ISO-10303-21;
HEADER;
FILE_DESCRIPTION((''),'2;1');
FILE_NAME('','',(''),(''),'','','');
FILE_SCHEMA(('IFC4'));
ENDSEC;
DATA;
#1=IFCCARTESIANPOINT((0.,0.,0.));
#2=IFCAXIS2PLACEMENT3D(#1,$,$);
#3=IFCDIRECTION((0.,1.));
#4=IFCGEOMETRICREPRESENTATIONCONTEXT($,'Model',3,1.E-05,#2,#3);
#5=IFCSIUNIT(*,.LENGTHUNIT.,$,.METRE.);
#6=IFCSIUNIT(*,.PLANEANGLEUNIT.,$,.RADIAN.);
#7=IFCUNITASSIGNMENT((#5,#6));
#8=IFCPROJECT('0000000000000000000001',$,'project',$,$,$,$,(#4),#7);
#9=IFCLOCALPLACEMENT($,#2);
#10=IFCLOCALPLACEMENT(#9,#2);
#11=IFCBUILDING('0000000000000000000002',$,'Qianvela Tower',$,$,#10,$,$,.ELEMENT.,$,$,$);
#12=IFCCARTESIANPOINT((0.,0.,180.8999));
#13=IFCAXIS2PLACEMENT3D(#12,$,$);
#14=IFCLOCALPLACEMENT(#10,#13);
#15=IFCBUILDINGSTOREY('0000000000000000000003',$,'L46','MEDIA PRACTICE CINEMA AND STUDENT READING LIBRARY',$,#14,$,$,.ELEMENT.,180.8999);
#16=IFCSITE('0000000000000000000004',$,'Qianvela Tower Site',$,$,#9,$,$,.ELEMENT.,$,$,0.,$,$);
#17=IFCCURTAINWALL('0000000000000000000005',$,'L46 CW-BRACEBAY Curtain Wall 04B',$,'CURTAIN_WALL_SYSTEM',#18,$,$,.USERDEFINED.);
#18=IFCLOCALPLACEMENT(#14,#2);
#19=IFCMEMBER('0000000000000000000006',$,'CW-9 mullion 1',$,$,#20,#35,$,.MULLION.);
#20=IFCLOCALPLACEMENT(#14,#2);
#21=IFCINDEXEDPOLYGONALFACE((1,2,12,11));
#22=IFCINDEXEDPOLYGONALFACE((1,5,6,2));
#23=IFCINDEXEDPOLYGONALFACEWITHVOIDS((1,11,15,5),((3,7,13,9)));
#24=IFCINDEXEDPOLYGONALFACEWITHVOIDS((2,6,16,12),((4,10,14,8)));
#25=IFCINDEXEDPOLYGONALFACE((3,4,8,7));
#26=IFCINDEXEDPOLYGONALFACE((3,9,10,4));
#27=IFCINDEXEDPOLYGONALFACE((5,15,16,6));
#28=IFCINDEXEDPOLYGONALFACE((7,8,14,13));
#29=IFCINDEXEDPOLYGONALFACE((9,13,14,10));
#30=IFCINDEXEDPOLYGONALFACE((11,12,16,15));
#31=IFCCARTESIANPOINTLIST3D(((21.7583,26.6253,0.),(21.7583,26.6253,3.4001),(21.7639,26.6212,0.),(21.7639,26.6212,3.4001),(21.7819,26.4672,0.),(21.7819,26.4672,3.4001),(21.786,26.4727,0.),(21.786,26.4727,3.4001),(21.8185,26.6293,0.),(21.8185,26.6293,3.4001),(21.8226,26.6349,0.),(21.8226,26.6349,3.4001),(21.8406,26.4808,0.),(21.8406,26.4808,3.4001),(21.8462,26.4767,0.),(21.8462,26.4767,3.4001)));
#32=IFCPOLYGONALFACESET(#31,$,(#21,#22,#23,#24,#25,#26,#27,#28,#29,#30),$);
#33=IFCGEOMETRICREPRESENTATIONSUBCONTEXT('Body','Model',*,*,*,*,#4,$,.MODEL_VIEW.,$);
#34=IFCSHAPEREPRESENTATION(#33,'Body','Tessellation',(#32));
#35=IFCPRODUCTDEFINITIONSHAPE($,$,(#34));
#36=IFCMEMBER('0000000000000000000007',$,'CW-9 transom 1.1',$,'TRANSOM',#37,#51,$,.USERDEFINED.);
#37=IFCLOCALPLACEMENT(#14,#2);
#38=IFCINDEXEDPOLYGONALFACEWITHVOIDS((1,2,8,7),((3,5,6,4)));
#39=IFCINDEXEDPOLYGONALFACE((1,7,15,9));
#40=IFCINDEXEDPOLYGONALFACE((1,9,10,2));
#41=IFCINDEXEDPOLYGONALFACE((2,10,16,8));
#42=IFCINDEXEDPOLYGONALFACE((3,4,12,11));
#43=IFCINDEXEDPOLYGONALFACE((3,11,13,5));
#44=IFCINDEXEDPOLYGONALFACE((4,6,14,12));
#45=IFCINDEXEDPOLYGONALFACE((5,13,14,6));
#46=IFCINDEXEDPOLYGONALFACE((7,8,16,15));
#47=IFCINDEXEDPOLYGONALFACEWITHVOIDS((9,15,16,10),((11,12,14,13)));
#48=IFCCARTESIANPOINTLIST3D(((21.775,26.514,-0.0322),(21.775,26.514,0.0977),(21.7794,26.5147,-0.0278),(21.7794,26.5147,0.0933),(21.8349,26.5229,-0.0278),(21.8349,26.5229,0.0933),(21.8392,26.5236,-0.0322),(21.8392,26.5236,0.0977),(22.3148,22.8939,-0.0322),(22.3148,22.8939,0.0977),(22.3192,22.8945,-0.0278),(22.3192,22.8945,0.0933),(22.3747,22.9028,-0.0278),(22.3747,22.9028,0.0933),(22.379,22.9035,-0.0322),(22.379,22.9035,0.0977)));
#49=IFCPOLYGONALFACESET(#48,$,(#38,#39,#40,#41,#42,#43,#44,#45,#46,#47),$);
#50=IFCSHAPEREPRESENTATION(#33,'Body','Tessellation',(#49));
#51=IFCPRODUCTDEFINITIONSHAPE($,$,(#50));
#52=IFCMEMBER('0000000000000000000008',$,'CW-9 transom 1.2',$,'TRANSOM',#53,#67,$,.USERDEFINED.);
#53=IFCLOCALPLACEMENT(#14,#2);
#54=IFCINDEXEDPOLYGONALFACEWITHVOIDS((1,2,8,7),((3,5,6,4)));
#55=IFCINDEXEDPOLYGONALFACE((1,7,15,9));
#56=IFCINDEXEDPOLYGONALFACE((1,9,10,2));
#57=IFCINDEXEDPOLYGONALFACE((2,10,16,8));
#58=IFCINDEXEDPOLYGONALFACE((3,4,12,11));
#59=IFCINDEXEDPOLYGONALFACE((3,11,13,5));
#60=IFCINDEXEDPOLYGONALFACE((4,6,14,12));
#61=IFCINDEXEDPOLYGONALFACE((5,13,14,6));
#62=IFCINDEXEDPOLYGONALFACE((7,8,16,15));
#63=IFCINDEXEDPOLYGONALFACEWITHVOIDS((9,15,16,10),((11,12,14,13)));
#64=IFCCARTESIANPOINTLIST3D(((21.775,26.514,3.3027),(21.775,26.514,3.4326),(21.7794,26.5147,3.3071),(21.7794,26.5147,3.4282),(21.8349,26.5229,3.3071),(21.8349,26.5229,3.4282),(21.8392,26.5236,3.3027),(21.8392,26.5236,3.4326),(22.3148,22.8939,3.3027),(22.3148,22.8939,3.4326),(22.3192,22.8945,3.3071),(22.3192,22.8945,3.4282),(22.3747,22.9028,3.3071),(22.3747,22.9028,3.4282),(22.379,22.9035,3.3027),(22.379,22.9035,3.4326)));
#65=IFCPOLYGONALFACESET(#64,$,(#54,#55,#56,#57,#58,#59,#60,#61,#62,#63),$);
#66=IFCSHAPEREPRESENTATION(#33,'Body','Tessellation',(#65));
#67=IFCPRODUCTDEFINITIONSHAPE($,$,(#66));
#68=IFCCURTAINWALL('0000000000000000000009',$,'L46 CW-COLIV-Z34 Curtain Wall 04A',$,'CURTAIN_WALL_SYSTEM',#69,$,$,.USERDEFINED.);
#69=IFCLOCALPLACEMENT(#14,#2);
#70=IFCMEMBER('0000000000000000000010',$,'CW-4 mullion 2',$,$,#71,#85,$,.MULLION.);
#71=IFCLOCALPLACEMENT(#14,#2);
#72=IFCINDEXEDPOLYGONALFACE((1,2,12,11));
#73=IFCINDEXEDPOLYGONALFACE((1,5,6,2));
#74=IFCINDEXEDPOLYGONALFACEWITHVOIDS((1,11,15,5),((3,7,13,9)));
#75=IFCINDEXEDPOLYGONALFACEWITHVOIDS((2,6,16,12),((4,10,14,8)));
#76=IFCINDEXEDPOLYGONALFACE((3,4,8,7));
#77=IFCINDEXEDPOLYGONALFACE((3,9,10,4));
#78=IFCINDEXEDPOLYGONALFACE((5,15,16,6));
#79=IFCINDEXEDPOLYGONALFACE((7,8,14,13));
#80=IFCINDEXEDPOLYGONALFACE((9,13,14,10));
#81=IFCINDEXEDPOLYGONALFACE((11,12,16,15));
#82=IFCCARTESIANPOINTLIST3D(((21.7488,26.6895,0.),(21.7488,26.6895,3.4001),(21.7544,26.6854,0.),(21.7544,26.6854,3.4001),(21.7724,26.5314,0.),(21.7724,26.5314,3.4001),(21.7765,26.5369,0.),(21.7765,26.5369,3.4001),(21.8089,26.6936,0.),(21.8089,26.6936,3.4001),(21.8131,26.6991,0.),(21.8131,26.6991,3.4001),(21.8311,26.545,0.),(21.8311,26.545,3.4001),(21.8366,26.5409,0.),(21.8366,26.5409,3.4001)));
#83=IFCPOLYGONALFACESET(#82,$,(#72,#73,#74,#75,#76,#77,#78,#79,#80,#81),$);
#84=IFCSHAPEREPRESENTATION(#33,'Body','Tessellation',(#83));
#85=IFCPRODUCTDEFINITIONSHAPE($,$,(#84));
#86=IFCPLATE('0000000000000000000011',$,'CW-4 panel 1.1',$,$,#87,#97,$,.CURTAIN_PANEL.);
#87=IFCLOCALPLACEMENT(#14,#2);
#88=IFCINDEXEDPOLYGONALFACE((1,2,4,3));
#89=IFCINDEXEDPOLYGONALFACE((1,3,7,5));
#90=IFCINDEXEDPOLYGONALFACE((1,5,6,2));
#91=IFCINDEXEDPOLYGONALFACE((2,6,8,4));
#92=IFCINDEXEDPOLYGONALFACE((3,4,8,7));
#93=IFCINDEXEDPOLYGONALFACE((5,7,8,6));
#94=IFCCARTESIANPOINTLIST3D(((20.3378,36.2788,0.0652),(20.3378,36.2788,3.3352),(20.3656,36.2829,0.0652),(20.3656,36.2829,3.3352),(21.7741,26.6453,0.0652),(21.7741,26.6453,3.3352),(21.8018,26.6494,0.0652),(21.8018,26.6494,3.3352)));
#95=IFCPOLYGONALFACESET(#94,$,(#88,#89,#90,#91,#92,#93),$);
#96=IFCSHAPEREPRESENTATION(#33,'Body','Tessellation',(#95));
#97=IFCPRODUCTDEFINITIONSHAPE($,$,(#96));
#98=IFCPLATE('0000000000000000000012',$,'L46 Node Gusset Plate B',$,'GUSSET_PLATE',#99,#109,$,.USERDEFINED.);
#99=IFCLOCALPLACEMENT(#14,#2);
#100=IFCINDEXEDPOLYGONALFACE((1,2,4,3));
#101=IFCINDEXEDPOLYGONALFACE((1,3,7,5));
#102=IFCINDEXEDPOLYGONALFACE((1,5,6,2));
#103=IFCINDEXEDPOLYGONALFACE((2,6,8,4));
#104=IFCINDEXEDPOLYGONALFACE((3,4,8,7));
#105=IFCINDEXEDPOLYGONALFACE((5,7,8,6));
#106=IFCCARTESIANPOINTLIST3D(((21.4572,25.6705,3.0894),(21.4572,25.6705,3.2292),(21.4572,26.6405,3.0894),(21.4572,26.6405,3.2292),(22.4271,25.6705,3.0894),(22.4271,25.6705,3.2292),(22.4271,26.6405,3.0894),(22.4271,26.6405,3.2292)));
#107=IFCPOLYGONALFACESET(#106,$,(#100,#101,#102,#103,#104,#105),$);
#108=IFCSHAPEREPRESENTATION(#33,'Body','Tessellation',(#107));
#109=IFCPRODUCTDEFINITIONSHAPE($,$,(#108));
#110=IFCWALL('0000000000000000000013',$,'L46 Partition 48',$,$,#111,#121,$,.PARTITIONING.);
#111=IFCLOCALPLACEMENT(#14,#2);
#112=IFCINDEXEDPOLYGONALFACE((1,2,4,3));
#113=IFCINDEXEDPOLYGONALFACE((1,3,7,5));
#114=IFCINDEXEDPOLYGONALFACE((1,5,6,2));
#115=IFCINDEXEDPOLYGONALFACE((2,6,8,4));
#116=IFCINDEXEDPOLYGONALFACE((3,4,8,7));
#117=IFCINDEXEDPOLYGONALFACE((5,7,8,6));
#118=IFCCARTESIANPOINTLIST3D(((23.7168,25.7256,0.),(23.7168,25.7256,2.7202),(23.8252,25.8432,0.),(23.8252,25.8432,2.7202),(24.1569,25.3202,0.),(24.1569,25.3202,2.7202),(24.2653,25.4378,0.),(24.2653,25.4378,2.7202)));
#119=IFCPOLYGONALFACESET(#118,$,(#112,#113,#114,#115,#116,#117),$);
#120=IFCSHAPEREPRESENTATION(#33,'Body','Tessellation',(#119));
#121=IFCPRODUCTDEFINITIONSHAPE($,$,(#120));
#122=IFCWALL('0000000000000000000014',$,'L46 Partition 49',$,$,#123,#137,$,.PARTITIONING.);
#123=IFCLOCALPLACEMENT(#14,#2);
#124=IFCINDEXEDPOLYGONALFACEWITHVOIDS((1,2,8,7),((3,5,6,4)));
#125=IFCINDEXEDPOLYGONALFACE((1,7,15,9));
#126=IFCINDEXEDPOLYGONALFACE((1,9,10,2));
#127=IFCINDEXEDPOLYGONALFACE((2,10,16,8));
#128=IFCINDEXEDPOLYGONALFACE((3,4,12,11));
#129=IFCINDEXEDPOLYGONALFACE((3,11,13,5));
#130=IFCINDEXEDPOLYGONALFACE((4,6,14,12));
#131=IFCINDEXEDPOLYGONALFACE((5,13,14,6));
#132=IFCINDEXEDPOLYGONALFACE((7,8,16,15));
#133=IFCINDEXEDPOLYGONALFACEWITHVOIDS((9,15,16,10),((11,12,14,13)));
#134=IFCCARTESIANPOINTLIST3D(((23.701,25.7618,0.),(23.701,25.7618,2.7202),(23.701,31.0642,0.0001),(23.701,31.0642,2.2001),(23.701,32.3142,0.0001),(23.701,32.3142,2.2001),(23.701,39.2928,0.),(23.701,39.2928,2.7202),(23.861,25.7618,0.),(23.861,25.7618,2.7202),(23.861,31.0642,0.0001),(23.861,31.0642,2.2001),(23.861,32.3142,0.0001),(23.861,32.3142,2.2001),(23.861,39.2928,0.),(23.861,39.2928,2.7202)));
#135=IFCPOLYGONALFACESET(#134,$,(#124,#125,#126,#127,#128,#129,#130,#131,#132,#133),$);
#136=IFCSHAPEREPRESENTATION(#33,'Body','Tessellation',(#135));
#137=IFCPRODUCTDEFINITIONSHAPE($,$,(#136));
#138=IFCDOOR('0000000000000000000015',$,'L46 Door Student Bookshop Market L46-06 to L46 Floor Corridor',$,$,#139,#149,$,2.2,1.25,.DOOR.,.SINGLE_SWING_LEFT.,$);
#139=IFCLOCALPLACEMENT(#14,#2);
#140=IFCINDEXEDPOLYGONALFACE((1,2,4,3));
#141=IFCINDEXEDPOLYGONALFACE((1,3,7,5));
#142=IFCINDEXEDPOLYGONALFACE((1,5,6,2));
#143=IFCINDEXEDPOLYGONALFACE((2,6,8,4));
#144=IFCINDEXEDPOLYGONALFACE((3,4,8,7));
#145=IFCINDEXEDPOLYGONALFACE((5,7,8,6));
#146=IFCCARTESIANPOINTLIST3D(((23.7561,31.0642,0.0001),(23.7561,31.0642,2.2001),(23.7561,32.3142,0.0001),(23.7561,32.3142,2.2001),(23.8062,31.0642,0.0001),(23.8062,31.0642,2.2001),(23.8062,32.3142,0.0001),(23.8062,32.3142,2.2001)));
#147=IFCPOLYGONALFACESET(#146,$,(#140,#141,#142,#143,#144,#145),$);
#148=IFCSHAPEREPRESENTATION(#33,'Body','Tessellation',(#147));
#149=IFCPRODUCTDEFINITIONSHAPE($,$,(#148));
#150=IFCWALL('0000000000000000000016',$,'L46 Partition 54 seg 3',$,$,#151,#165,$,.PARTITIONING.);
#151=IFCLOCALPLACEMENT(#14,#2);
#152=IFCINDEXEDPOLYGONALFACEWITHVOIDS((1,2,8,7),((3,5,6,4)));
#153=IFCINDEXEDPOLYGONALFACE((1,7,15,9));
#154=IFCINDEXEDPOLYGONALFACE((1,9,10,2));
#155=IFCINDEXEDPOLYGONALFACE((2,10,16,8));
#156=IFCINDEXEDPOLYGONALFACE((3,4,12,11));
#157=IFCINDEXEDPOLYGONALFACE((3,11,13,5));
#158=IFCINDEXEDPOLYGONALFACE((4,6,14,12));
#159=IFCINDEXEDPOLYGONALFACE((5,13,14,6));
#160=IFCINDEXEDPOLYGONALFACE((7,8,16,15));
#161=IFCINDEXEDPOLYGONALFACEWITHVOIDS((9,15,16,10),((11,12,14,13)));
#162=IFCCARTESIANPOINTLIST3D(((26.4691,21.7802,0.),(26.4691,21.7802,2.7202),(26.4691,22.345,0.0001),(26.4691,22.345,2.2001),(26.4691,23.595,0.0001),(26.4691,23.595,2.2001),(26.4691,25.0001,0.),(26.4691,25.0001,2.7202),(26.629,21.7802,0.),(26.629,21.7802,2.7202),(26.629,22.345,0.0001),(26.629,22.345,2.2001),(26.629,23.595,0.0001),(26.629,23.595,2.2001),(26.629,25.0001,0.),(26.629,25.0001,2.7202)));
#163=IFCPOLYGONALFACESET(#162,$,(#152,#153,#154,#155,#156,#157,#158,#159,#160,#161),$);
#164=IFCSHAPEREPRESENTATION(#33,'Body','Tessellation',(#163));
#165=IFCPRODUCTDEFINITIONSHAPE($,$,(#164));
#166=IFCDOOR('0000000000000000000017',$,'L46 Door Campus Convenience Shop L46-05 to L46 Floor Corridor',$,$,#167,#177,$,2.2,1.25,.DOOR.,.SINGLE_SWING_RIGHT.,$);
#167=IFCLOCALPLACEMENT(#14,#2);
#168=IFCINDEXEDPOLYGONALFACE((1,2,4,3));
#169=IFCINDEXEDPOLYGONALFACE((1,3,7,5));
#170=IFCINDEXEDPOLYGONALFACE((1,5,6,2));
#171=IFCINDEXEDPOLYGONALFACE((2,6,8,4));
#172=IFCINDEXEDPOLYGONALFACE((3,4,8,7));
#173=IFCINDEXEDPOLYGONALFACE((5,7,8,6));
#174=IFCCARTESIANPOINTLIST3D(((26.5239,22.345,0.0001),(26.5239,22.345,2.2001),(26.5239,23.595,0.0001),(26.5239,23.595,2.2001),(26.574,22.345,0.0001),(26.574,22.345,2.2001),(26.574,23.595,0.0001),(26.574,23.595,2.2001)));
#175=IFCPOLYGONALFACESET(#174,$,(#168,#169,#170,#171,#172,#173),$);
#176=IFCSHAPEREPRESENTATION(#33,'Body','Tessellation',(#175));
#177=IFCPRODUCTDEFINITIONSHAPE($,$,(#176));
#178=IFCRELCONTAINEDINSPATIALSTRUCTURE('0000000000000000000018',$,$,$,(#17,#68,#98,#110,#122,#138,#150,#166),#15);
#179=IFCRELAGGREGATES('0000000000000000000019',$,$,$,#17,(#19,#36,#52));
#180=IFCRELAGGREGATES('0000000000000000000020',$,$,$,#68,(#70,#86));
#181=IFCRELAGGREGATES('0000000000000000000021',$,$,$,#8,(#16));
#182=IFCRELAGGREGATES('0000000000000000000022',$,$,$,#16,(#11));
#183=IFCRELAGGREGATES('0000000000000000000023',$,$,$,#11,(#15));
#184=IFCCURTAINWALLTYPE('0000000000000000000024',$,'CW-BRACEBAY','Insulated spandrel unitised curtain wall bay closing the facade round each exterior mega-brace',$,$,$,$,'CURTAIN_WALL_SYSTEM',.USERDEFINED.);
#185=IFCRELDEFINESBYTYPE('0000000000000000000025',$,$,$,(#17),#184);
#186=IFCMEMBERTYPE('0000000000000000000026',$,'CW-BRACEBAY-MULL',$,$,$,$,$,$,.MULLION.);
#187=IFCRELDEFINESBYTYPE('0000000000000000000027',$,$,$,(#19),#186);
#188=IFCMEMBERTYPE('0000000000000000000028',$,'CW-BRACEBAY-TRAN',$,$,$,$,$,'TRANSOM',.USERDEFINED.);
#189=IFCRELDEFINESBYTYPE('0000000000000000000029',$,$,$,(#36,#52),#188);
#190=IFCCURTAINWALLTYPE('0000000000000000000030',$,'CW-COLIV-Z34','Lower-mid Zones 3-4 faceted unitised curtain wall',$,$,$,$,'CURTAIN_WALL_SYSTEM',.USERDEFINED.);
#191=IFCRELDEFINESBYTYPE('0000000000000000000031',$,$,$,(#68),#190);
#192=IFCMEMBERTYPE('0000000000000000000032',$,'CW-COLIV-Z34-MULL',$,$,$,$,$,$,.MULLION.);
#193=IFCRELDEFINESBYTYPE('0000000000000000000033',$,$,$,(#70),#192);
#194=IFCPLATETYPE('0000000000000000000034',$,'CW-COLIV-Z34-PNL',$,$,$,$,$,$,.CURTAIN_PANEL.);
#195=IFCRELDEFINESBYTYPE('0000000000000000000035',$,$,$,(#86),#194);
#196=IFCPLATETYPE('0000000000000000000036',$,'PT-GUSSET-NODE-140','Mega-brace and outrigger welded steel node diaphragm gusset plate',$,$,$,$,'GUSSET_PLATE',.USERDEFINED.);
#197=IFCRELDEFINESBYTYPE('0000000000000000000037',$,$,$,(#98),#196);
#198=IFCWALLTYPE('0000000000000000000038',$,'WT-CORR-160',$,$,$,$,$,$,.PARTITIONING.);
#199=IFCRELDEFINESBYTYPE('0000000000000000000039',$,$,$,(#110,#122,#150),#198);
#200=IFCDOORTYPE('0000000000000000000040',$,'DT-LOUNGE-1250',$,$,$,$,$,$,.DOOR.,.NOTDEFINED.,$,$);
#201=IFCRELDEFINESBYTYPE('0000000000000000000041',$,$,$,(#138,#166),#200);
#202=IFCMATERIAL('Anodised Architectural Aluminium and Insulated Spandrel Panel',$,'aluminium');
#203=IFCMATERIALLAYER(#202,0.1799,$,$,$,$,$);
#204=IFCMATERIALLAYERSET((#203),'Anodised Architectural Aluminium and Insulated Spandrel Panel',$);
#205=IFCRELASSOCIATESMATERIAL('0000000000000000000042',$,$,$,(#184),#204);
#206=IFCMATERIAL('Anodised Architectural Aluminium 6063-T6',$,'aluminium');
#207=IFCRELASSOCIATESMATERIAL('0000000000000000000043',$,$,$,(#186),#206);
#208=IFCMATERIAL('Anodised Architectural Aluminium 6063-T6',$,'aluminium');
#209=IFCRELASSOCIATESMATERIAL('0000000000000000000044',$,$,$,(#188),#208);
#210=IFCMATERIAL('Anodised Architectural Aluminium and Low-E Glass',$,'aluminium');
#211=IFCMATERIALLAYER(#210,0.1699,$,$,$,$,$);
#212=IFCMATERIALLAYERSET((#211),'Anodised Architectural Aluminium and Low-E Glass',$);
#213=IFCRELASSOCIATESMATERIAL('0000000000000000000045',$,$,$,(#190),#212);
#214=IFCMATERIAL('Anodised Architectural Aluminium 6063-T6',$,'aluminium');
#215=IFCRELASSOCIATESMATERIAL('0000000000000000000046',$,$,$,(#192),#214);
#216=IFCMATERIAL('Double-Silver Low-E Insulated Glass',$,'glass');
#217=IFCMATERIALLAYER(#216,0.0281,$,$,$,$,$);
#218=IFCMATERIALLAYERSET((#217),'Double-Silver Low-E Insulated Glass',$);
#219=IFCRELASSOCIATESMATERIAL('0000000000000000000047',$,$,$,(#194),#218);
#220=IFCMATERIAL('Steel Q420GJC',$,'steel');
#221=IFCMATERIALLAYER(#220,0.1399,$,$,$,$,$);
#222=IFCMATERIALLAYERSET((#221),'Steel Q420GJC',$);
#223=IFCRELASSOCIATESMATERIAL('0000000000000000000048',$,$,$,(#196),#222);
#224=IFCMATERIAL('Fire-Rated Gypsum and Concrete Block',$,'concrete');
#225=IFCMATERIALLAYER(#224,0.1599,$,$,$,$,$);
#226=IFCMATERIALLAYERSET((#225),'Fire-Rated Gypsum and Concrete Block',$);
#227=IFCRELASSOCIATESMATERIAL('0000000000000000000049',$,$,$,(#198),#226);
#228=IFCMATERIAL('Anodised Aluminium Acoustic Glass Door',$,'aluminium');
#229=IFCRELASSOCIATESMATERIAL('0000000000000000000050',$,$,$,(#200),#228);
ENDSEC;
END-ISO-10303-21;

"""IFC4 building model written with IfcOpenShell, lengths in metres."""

from ifc_helpers import new_model, si_unit, direction, frame, frame_2d, origin, origin_2d, place, context, subcontext, project, spatial, rectangle, hollow_rectangle, extrude, material, layer, layer_set, material_profile, profile_set, type_object, element, fill, aggregate, save


model = new_model("IFC4")

# Units and contexts
model_context = context("Model", 3, precision=1e-05, world=origin(), true_north=direction((0.0, 1.0)))
body_context = subcontext(model_context, "Body", "Model", "MODEL_VIEW")
ifc_project = project(units=[si_unit("LENGTHUNIT", "METRE"), si_unit("PLANEANGLEUNIT", "RADIAN")], contexts=[model_context])

# Site, building, storey
site_placement = place(None, origin())
site = spatial("IfcSite", under=ifc_project, at=site_placement, Name="Qianvela Tower Site", CompositionType="ELEMENT", RefElevation=0.0)
building_placement = place(site_placement, origin())
building = spatial("IfcBuilding", under=site, at=building_placement, Name="Qianvela Tower", CompositionType="ELEMENT")
storey_placement = place(building_placement, frame((0.0, 0.0, 180.8999)))
storey = spatial("IfcBuildingStorey", under=building, at=storey_placement, Name="L46", Description="MEDIA PRACTICE CINEMA AND STUDENT READING LIBRARY", CompositionType="ELEMENT", Elevation=180.8999)

# Curtain wall, members
ifc_material_1 = material(Name="Anodised Architectural Aluminium and Insulated Spandrel Panel", Category="aluminium")
ifc_layer_1 = layer(ifc_material_1, 0.1799)
ifc_layer_set_1 = layer_set([ifc_layer_1], Name="Anodised Architectural Aluminium and Insulated Spandrel Panel")
curtain_wall_type_1 = type_object("IfcCurtainWallType", Name="CW-BRACEBAY", Description="Insulated spandrel unitised curtain wall bay closing the facade round each exterior mega-brace", ElementType="CURTAIN_WALL_SYSTEM", PredefinedType="USERDEFINED", material=ifc_layer_set_1)
curtain_wall_1_placement = place(storey_placement, origin())
curtain_wall_1 = element("IfcCurtainWall", 1, at=curtain_wall_1_placement, inside=storey, type_object=curtain_wall_type_1, Name="L46 CW-BRACEBAY Curtain Wall 04B", ObjectType="CURTAIN_WALL_SYSTEM", PredefinedType="USERDEFINED")
ifc_material_2 = material(Name="Anodised Architectural Aluminium 6063-T6", Category="aluminium")
ifc_material_profile_1 = material_profile(ifc_material_2, hollow_rectangle(XDim=0.0649, YDim=0.1599, WallThickness=0.0049, at=origin_2d()), Name="ALU-MULL-65x160")
ifc_profile_set_1 = profile_set([ifc_material_profile_1], Name="Anodised Architectural Aluminium 6063-T6")
member_type_1 = type_object("IfcMemberType", Name="CW-BRACEBAY-MULL", PredefinedType="MULLION", material=ifc_profile_set_1)
member_1_placement = place(storey_placement, frame((21.8022, 26.551, 0.0), z_axis=(0.0, 0.0, 1.0), x_axis=(0.989067, 0.147466, 0.0)))
member_1 = element("IfcMember", 2, at=member_1_placement, type_object=member_type_1, Name="CW-9 mullion 1", PredefinedType="MULLION", context=body_context, shape_type="SweptSolid", body=[
    extrude(hollow_rectangle(XDim=0.0649, YDim=0.1599, WallThickness=0.0049, at=origin_2d()), origin(), (0.0, 0.0, 1.0), 3.4001),
])
ifc_material_3 = material(Name="Anodised Architectural Aluminium 6063-T6", Category="aluminium")
ifc_material_profile_2 = material_profile(ifc_material_3, hollow_rectangle(XDim=0.0649, YDim=0.1299, WallThickness=0.0044, at=origin_2d()), Name="ALU-TRAN-65x130")
ifc_profile_set_2 = profile_set([ifc_material_profile_2], Name="Anodised Architectural Aluminium 6063-T6")
member_type_2 = type_object("IfcMemberType", Name="CW-BRACEBAY-TRAN", ElementType="TRANSOM", PredefinedType="USERDEFINED", material=ifc_profile_set_2)
member_2_placement = place(storey_placement, frame((21.8071, 26.5188, 0.0327), z_axis=(0.147479, -0.989065, 0.0), x_axis=(0.989065, 0.147479, 0.0)))
member_2 = element("IfcMember", 3, at=member_2_placement, type_object=member_type_2, Name="CW-9 transom 1.1", ObjectType="TRANSOM", PredefinedType="USERDEFINED", context=body_context, shape_type="SweptSolid", body=[
    extrude(hollow_rectangle(XDim=0.0649, YDim=0.1299, WallThickness=0.0044, at=origin_2d()), origin(), (0.0, 0.0, 1.0), 3.6602),
])
member_3_placement = place(storey_placement, frame((21.8071, 26.5188, 3.3677), z_axis=(0.147479, -0.989065, 0.0), x_axis=(0.989065, 0.147479, 0.0)))
member_3 = element("IfcMember", 4, at=member_3_placement, type_object=member_type_2, Name="CW-9 transom 1.2", ObjectType="TRANSOM", PredefinedType="USERDEFINED", context=body_context, shape_type="SweptSolid", body=[
    extrude(hollow_rectangle(XDim=0.0649, YDim=0.1299, WallThickness=0.0044, at=origin_2d()), origin(), (0.0, 0.0, 1.0), 3.6602),
])
aggregate(curtain_wall_1, [member_1, member_2, member_3])

# Curtain wall, member, plate
ifc_material_4 = material(Name="Anodised Architectural Aluminium and Low-E Glass", Category="aluminium")
ifc_layer_2 = layer(ifc_material_4, 0.1699)
ifc_layer_set_2 = layer_set([ifc_layer_2], Name="Anodised Architectural Aluminium and Low-E Glass")
curtain_wall_type_2 = type_object("IfcCurtainWallType", Name="CW-COLIV-Z34", Description="Lower-mid Zones 3-4 faceted unitised curtain wall", ElementType="CURTAIN_WALL_SYSTEM", PredefinedType="USERDEFINED", material=ifc_layer_set_2)
curtain_wall_2_placement = place(storey_placement, origin())
curtain_wall_2 = element("IfcCurtainWall", 5, at=curtain_wall_2_placement, inside=storey, type_object=curtain_wall_type_2, Name="L46 CW-COLIV-Z34 Curtain Wall 04A", ObjectType="CURTAIN_WALL_SYSTEM", PredefinedType="USERDEFINED")
ifc_material_5 = material(Name="Anodised Architectural Aluminium 6063-T6", Category="aluminium")
ifc_material_profile_3 = material_profile(ifc_material_5, hollow_rectangle(XDim=0.0649, YDim=0.1599, WallThickness=0.0049, at=origin_2d()), Name="ALU-MULL-65x160")
ifc_profile_set_3 = profile_set([ifc_material_profile_3], Name="Anodised Architectural Aluminium 6063-T6")
member_type_3 = type_object("IfcMemberType", Name="CW-COLIV-Z34-MULL", PredefinedType="MULLION", material=ifc_profile_set_3)
member_4_placement = place(storey_placement, frame((21.7927, 26.6152, 0.0), z_axis=(0.0, 0.0, 1.0), x_axis=(0.989068, 0.147459, 0.0)))
member_4 = element("IfcMember", 6, at=member_4_placement, type_object=member_type_3, Name="CW-4 mullion 2", PredefinedType="MULLION", context=body_context, shape_type="SweptSolid", body=[
    extrude(hollow_rectangle(XDim=0.0649, YDim=0.1599, WallThickness=0.0049, at=origin_2d()), origin(), (0.0, 0.0, 1.0), 3.4001),
])
ifc_material_6 = material(Name="Double-Silver Low-E Insulated Glass", Category="glass")
ifc_layer_3 = layer(ifc_material_6, 0.0281)
ifc_layer_set_3 = layer_set([ifc_layer_3], Name="Double-Silver Low-E Insulated Glass")
plate_type_1 = type_object("IfcPlateType", Name="CW-COLIV-Z34-PNL", PredefinedType="CURTAIN_PANEL", material=ifc_layer_set_3)
plate_1_placement = place(storey_placement, frame((21.0698, 31.4641, 0.0652), z_axis=(0.0, 0.0, 1.0), x_axis=(0.147459, -0.989068, 0.0)))
plate_1 = element("IfcPlate", 7, at=plate_1_placement, type_object=plate_type_1, Name="CW-4 panel 1.1", PredefinedType="CURTAIN_PANEL", context=body_context, shape_type="SweptSolid", body=[
    extrude(rectangle(XDim=9.74, YDim=0.0281, at=origin_2d()), origin(), (0.0, 0.0, 1.0), 3.27),
])
aggregate(curtain_wall_2, [member_4, plate_1])

# Plate
ifc_material_7 = material(Name="Steel Q420GJC", Category="steel")
ifc_layer_4 = layer(ifc_material_7, 0.1399)
ifc_layer_set_4 = layer_set([ifc_layer_4], Name="Steel Q420GJC")
plate_type_2 = type_object("IfcPlateType", Name="PT-GUSSET-NODE-140", Description="Mega-brace and outrigger welded steel node diaphragm gusset plate", ElementType="GUSSET_PLATE", PredefinedType="USERDEFINED", material=ifc_layer_set_4)
plate_2_placement = place(storey_placement, frame((21.9421, 26.1555, 3.0894), z_axis=(0.0, 0.0, 1.0), x_axis=(1.0, 0.0, 0.0)))
element("IfcPlate", 8, at=plate_2_placement, inside=storey, type_object=plate_type_2, Name="L46 Node Gusset Plate B", ObjectType="GUSSET_PLATE", PredefinedType="USERDEFINED", context=body_context, shape_type="SweptSolid", body=[
    extrude(rectangle(XDim=0.97, YDim=0.97, at=origin_2d()), origin(), (0.0, 0.0, 1.0), 0.1399),
])

# Wall
ifc_material_8 = material(Name="Fire-Rated Gypsum and Concrete Block", Category="concrete")
ifc_layer_5 = layer(ifc_material_8, 0.1599)
ifc_layer_set_5 = layer_set([ifc_layer_5], Name="Fire-Rated Gypsum and Concrete Block")
wall_type_1 = type_object("IfcWallType", Name="WT-CORR-160", PredefinedType="PARTITIONING", material=ifc_layer_set_5)
wall_1_placement = place(storey_placement, frame((24.2112, 25.3789, 0.0), z_axis=(0.0, 0.0, 1.0), x_axis=(-0.735476, 0.677551, 0.0)))
element("IfcWall", 9, at=wall_1_placement, inside=storey, type_object=wall_type_1, Name="L46 Partition 48", PredefinedType="PARTITIONING", context=body_context, shape_type="SweptSolid", body=[
    extrude(rectangle(XDim=0.5984, YDim=0.1599, at=frame_2d((0.2993, 0.0))), origin(), (0.0, 0.0, 1.0), 2.7202),
])

# Walls, openings, doors
wall_2_placement = place(storey_placement, frame((23.781, 25.7617, 0.0), z_axis=(0.0, 0.0, 1.0), x_axis=(0.0, 1.0, 0.0)))
wall_2 = element("IfcWall", 10, at=wall_2_placement, inside=storey, type_object=wall_type_1, Name="L46 Partition 49", PredefinedType="PARTITIONING", context=body_context, shape_type="SweptSolid", body=[
    extrude(rectangle(XDim=13.531, YDim=0.1599, at=frame_2d((6.7656, 0.0))), origin(), (0.0, 0.0, 1.0), 2.7202),
])
opening_1_placement = place(wall_2_placement, frame((5.3025, 0.0, 0.0)))
opening_1 = element("IfcOpeningElement", 11, at=opening_1_placement, cuts=wall_2, PredefinedType="OPENING", context=body_context, shape_type="SweptSolid", body=[
    extrude(rectangle(XDim=1.25, YDim=2.2, at=frame_2d((0.625, 1.1001))), frame((0.0, 0.0898, 0.0), z_axis=(0.0, -1.0, 0.0), x_axis=(1.0, 0.0, 0.0)), (0.0, 0.0, 1.0), 0.1799),
])
ifc_material_9 = material(Name="Anodised Aluminium Acoustic Glass Door", Category="aluminium")
door_type_1 = type_object("IfcDoorType", Name="DT-LOUNGE-1250", OperationType="NOTDEFINED", PredefinedType="DOOR", material=ifc_material_9)
door_1_placement = place(opening_1_placement, origin())
door_1 = element("IfcDoor", 12, at=door_1_placement, inside=storey, type_object=door_type_1, Name="L46 Door Student Bookshop Market L46-06 to L46 Floor Corridor", OperationType="SINGLE_SWING_LEFT", OverallHeight=2.2, OverallWidth=1.25, PredefinedType="DOOR", context=body_context, shape_type="SweptSolid", body=[
    extrude(rectangle(XDim=1.25, YDim=2.2, at=frame_2d((0.625, 1.1001))), frame((0.0, 0.0249, 0.0), z_axis=(0.0, -1.0, 0.0), x_axis=(1.0, 0.0, 0.0)), (0.0, 0.0, 1.0), 0.05),
])
fill(opening_1, door_1)
wall_3_placement = place(storey_placement, frame((26.5491, 25.0, 0.0), z_axis=(0.0, 0.0, 1.0), x_axis=(0.0, -1.0, 0.0)))
wall_3 = element("IfcWall", 13, at=wall_3_placement, inside=storey, type_object=wall_type_1, Name="L46 Partition 54 seg 3", PredefinedType="PARTITIONING", context=body_context, shape_type="SweptSolid", body=[
    extrude(rectangle(XDim=3.22, YDim=0.1599, at=frame_2d((1.6099, 0.0))), origin(), (0.0, 0.0, 1.0), 2.7202),
])
opening_2_placement = place(wall_3_placement, frame((1.405, 0.0, 0.0)))
opening_2 = element("IfcOpeningElement", 14, at=opening_2_placement, cuts=wall_3, PredefinedType="OPENING", context=body_context, shape_type="SweptSolid", body=[
    extrude(rectangle(XDim=1.25, YDim=2.2, at=frame_2d((0.625, 1.1001))), frame((0.0, 0.0898, 0.0), z_axis=(0.0, -1.0, 0.0), x_axis=(1.0, 0.0, 0.0)), (0.0, 0.0, 1.0), 0.1799),
])
door_2_placement = place(opening_2_placement, origin())
door_2 = element("IfcDoor", 15, at=door_2_placement, inside=storey, type_object=door_type_1, Name="L46 Door Campus Convenience Shop L46-05 to L46 Floor Corridor", OperationType="SINGLE_SWING_RIGHT", OverallHeight=2.2, OverallWidth=1.25, PredefinedType="DOOR", context=body_context, shape_type="SweptSolid", body=[
    extrude(rectangle(XDim=1.25, YDim=2.2, at=frame_2d((0.625, 1.1001))), frame((0.0, 0.0249, 0.0), z_axis=(0.0, -1.0, 0.0), x_axis=(1.0, 0.0, 0.0)), (0.0, 0.0, 1.0), 0.05),
])
fill(opening_2, door_2)

save(model, "model.ifc")
